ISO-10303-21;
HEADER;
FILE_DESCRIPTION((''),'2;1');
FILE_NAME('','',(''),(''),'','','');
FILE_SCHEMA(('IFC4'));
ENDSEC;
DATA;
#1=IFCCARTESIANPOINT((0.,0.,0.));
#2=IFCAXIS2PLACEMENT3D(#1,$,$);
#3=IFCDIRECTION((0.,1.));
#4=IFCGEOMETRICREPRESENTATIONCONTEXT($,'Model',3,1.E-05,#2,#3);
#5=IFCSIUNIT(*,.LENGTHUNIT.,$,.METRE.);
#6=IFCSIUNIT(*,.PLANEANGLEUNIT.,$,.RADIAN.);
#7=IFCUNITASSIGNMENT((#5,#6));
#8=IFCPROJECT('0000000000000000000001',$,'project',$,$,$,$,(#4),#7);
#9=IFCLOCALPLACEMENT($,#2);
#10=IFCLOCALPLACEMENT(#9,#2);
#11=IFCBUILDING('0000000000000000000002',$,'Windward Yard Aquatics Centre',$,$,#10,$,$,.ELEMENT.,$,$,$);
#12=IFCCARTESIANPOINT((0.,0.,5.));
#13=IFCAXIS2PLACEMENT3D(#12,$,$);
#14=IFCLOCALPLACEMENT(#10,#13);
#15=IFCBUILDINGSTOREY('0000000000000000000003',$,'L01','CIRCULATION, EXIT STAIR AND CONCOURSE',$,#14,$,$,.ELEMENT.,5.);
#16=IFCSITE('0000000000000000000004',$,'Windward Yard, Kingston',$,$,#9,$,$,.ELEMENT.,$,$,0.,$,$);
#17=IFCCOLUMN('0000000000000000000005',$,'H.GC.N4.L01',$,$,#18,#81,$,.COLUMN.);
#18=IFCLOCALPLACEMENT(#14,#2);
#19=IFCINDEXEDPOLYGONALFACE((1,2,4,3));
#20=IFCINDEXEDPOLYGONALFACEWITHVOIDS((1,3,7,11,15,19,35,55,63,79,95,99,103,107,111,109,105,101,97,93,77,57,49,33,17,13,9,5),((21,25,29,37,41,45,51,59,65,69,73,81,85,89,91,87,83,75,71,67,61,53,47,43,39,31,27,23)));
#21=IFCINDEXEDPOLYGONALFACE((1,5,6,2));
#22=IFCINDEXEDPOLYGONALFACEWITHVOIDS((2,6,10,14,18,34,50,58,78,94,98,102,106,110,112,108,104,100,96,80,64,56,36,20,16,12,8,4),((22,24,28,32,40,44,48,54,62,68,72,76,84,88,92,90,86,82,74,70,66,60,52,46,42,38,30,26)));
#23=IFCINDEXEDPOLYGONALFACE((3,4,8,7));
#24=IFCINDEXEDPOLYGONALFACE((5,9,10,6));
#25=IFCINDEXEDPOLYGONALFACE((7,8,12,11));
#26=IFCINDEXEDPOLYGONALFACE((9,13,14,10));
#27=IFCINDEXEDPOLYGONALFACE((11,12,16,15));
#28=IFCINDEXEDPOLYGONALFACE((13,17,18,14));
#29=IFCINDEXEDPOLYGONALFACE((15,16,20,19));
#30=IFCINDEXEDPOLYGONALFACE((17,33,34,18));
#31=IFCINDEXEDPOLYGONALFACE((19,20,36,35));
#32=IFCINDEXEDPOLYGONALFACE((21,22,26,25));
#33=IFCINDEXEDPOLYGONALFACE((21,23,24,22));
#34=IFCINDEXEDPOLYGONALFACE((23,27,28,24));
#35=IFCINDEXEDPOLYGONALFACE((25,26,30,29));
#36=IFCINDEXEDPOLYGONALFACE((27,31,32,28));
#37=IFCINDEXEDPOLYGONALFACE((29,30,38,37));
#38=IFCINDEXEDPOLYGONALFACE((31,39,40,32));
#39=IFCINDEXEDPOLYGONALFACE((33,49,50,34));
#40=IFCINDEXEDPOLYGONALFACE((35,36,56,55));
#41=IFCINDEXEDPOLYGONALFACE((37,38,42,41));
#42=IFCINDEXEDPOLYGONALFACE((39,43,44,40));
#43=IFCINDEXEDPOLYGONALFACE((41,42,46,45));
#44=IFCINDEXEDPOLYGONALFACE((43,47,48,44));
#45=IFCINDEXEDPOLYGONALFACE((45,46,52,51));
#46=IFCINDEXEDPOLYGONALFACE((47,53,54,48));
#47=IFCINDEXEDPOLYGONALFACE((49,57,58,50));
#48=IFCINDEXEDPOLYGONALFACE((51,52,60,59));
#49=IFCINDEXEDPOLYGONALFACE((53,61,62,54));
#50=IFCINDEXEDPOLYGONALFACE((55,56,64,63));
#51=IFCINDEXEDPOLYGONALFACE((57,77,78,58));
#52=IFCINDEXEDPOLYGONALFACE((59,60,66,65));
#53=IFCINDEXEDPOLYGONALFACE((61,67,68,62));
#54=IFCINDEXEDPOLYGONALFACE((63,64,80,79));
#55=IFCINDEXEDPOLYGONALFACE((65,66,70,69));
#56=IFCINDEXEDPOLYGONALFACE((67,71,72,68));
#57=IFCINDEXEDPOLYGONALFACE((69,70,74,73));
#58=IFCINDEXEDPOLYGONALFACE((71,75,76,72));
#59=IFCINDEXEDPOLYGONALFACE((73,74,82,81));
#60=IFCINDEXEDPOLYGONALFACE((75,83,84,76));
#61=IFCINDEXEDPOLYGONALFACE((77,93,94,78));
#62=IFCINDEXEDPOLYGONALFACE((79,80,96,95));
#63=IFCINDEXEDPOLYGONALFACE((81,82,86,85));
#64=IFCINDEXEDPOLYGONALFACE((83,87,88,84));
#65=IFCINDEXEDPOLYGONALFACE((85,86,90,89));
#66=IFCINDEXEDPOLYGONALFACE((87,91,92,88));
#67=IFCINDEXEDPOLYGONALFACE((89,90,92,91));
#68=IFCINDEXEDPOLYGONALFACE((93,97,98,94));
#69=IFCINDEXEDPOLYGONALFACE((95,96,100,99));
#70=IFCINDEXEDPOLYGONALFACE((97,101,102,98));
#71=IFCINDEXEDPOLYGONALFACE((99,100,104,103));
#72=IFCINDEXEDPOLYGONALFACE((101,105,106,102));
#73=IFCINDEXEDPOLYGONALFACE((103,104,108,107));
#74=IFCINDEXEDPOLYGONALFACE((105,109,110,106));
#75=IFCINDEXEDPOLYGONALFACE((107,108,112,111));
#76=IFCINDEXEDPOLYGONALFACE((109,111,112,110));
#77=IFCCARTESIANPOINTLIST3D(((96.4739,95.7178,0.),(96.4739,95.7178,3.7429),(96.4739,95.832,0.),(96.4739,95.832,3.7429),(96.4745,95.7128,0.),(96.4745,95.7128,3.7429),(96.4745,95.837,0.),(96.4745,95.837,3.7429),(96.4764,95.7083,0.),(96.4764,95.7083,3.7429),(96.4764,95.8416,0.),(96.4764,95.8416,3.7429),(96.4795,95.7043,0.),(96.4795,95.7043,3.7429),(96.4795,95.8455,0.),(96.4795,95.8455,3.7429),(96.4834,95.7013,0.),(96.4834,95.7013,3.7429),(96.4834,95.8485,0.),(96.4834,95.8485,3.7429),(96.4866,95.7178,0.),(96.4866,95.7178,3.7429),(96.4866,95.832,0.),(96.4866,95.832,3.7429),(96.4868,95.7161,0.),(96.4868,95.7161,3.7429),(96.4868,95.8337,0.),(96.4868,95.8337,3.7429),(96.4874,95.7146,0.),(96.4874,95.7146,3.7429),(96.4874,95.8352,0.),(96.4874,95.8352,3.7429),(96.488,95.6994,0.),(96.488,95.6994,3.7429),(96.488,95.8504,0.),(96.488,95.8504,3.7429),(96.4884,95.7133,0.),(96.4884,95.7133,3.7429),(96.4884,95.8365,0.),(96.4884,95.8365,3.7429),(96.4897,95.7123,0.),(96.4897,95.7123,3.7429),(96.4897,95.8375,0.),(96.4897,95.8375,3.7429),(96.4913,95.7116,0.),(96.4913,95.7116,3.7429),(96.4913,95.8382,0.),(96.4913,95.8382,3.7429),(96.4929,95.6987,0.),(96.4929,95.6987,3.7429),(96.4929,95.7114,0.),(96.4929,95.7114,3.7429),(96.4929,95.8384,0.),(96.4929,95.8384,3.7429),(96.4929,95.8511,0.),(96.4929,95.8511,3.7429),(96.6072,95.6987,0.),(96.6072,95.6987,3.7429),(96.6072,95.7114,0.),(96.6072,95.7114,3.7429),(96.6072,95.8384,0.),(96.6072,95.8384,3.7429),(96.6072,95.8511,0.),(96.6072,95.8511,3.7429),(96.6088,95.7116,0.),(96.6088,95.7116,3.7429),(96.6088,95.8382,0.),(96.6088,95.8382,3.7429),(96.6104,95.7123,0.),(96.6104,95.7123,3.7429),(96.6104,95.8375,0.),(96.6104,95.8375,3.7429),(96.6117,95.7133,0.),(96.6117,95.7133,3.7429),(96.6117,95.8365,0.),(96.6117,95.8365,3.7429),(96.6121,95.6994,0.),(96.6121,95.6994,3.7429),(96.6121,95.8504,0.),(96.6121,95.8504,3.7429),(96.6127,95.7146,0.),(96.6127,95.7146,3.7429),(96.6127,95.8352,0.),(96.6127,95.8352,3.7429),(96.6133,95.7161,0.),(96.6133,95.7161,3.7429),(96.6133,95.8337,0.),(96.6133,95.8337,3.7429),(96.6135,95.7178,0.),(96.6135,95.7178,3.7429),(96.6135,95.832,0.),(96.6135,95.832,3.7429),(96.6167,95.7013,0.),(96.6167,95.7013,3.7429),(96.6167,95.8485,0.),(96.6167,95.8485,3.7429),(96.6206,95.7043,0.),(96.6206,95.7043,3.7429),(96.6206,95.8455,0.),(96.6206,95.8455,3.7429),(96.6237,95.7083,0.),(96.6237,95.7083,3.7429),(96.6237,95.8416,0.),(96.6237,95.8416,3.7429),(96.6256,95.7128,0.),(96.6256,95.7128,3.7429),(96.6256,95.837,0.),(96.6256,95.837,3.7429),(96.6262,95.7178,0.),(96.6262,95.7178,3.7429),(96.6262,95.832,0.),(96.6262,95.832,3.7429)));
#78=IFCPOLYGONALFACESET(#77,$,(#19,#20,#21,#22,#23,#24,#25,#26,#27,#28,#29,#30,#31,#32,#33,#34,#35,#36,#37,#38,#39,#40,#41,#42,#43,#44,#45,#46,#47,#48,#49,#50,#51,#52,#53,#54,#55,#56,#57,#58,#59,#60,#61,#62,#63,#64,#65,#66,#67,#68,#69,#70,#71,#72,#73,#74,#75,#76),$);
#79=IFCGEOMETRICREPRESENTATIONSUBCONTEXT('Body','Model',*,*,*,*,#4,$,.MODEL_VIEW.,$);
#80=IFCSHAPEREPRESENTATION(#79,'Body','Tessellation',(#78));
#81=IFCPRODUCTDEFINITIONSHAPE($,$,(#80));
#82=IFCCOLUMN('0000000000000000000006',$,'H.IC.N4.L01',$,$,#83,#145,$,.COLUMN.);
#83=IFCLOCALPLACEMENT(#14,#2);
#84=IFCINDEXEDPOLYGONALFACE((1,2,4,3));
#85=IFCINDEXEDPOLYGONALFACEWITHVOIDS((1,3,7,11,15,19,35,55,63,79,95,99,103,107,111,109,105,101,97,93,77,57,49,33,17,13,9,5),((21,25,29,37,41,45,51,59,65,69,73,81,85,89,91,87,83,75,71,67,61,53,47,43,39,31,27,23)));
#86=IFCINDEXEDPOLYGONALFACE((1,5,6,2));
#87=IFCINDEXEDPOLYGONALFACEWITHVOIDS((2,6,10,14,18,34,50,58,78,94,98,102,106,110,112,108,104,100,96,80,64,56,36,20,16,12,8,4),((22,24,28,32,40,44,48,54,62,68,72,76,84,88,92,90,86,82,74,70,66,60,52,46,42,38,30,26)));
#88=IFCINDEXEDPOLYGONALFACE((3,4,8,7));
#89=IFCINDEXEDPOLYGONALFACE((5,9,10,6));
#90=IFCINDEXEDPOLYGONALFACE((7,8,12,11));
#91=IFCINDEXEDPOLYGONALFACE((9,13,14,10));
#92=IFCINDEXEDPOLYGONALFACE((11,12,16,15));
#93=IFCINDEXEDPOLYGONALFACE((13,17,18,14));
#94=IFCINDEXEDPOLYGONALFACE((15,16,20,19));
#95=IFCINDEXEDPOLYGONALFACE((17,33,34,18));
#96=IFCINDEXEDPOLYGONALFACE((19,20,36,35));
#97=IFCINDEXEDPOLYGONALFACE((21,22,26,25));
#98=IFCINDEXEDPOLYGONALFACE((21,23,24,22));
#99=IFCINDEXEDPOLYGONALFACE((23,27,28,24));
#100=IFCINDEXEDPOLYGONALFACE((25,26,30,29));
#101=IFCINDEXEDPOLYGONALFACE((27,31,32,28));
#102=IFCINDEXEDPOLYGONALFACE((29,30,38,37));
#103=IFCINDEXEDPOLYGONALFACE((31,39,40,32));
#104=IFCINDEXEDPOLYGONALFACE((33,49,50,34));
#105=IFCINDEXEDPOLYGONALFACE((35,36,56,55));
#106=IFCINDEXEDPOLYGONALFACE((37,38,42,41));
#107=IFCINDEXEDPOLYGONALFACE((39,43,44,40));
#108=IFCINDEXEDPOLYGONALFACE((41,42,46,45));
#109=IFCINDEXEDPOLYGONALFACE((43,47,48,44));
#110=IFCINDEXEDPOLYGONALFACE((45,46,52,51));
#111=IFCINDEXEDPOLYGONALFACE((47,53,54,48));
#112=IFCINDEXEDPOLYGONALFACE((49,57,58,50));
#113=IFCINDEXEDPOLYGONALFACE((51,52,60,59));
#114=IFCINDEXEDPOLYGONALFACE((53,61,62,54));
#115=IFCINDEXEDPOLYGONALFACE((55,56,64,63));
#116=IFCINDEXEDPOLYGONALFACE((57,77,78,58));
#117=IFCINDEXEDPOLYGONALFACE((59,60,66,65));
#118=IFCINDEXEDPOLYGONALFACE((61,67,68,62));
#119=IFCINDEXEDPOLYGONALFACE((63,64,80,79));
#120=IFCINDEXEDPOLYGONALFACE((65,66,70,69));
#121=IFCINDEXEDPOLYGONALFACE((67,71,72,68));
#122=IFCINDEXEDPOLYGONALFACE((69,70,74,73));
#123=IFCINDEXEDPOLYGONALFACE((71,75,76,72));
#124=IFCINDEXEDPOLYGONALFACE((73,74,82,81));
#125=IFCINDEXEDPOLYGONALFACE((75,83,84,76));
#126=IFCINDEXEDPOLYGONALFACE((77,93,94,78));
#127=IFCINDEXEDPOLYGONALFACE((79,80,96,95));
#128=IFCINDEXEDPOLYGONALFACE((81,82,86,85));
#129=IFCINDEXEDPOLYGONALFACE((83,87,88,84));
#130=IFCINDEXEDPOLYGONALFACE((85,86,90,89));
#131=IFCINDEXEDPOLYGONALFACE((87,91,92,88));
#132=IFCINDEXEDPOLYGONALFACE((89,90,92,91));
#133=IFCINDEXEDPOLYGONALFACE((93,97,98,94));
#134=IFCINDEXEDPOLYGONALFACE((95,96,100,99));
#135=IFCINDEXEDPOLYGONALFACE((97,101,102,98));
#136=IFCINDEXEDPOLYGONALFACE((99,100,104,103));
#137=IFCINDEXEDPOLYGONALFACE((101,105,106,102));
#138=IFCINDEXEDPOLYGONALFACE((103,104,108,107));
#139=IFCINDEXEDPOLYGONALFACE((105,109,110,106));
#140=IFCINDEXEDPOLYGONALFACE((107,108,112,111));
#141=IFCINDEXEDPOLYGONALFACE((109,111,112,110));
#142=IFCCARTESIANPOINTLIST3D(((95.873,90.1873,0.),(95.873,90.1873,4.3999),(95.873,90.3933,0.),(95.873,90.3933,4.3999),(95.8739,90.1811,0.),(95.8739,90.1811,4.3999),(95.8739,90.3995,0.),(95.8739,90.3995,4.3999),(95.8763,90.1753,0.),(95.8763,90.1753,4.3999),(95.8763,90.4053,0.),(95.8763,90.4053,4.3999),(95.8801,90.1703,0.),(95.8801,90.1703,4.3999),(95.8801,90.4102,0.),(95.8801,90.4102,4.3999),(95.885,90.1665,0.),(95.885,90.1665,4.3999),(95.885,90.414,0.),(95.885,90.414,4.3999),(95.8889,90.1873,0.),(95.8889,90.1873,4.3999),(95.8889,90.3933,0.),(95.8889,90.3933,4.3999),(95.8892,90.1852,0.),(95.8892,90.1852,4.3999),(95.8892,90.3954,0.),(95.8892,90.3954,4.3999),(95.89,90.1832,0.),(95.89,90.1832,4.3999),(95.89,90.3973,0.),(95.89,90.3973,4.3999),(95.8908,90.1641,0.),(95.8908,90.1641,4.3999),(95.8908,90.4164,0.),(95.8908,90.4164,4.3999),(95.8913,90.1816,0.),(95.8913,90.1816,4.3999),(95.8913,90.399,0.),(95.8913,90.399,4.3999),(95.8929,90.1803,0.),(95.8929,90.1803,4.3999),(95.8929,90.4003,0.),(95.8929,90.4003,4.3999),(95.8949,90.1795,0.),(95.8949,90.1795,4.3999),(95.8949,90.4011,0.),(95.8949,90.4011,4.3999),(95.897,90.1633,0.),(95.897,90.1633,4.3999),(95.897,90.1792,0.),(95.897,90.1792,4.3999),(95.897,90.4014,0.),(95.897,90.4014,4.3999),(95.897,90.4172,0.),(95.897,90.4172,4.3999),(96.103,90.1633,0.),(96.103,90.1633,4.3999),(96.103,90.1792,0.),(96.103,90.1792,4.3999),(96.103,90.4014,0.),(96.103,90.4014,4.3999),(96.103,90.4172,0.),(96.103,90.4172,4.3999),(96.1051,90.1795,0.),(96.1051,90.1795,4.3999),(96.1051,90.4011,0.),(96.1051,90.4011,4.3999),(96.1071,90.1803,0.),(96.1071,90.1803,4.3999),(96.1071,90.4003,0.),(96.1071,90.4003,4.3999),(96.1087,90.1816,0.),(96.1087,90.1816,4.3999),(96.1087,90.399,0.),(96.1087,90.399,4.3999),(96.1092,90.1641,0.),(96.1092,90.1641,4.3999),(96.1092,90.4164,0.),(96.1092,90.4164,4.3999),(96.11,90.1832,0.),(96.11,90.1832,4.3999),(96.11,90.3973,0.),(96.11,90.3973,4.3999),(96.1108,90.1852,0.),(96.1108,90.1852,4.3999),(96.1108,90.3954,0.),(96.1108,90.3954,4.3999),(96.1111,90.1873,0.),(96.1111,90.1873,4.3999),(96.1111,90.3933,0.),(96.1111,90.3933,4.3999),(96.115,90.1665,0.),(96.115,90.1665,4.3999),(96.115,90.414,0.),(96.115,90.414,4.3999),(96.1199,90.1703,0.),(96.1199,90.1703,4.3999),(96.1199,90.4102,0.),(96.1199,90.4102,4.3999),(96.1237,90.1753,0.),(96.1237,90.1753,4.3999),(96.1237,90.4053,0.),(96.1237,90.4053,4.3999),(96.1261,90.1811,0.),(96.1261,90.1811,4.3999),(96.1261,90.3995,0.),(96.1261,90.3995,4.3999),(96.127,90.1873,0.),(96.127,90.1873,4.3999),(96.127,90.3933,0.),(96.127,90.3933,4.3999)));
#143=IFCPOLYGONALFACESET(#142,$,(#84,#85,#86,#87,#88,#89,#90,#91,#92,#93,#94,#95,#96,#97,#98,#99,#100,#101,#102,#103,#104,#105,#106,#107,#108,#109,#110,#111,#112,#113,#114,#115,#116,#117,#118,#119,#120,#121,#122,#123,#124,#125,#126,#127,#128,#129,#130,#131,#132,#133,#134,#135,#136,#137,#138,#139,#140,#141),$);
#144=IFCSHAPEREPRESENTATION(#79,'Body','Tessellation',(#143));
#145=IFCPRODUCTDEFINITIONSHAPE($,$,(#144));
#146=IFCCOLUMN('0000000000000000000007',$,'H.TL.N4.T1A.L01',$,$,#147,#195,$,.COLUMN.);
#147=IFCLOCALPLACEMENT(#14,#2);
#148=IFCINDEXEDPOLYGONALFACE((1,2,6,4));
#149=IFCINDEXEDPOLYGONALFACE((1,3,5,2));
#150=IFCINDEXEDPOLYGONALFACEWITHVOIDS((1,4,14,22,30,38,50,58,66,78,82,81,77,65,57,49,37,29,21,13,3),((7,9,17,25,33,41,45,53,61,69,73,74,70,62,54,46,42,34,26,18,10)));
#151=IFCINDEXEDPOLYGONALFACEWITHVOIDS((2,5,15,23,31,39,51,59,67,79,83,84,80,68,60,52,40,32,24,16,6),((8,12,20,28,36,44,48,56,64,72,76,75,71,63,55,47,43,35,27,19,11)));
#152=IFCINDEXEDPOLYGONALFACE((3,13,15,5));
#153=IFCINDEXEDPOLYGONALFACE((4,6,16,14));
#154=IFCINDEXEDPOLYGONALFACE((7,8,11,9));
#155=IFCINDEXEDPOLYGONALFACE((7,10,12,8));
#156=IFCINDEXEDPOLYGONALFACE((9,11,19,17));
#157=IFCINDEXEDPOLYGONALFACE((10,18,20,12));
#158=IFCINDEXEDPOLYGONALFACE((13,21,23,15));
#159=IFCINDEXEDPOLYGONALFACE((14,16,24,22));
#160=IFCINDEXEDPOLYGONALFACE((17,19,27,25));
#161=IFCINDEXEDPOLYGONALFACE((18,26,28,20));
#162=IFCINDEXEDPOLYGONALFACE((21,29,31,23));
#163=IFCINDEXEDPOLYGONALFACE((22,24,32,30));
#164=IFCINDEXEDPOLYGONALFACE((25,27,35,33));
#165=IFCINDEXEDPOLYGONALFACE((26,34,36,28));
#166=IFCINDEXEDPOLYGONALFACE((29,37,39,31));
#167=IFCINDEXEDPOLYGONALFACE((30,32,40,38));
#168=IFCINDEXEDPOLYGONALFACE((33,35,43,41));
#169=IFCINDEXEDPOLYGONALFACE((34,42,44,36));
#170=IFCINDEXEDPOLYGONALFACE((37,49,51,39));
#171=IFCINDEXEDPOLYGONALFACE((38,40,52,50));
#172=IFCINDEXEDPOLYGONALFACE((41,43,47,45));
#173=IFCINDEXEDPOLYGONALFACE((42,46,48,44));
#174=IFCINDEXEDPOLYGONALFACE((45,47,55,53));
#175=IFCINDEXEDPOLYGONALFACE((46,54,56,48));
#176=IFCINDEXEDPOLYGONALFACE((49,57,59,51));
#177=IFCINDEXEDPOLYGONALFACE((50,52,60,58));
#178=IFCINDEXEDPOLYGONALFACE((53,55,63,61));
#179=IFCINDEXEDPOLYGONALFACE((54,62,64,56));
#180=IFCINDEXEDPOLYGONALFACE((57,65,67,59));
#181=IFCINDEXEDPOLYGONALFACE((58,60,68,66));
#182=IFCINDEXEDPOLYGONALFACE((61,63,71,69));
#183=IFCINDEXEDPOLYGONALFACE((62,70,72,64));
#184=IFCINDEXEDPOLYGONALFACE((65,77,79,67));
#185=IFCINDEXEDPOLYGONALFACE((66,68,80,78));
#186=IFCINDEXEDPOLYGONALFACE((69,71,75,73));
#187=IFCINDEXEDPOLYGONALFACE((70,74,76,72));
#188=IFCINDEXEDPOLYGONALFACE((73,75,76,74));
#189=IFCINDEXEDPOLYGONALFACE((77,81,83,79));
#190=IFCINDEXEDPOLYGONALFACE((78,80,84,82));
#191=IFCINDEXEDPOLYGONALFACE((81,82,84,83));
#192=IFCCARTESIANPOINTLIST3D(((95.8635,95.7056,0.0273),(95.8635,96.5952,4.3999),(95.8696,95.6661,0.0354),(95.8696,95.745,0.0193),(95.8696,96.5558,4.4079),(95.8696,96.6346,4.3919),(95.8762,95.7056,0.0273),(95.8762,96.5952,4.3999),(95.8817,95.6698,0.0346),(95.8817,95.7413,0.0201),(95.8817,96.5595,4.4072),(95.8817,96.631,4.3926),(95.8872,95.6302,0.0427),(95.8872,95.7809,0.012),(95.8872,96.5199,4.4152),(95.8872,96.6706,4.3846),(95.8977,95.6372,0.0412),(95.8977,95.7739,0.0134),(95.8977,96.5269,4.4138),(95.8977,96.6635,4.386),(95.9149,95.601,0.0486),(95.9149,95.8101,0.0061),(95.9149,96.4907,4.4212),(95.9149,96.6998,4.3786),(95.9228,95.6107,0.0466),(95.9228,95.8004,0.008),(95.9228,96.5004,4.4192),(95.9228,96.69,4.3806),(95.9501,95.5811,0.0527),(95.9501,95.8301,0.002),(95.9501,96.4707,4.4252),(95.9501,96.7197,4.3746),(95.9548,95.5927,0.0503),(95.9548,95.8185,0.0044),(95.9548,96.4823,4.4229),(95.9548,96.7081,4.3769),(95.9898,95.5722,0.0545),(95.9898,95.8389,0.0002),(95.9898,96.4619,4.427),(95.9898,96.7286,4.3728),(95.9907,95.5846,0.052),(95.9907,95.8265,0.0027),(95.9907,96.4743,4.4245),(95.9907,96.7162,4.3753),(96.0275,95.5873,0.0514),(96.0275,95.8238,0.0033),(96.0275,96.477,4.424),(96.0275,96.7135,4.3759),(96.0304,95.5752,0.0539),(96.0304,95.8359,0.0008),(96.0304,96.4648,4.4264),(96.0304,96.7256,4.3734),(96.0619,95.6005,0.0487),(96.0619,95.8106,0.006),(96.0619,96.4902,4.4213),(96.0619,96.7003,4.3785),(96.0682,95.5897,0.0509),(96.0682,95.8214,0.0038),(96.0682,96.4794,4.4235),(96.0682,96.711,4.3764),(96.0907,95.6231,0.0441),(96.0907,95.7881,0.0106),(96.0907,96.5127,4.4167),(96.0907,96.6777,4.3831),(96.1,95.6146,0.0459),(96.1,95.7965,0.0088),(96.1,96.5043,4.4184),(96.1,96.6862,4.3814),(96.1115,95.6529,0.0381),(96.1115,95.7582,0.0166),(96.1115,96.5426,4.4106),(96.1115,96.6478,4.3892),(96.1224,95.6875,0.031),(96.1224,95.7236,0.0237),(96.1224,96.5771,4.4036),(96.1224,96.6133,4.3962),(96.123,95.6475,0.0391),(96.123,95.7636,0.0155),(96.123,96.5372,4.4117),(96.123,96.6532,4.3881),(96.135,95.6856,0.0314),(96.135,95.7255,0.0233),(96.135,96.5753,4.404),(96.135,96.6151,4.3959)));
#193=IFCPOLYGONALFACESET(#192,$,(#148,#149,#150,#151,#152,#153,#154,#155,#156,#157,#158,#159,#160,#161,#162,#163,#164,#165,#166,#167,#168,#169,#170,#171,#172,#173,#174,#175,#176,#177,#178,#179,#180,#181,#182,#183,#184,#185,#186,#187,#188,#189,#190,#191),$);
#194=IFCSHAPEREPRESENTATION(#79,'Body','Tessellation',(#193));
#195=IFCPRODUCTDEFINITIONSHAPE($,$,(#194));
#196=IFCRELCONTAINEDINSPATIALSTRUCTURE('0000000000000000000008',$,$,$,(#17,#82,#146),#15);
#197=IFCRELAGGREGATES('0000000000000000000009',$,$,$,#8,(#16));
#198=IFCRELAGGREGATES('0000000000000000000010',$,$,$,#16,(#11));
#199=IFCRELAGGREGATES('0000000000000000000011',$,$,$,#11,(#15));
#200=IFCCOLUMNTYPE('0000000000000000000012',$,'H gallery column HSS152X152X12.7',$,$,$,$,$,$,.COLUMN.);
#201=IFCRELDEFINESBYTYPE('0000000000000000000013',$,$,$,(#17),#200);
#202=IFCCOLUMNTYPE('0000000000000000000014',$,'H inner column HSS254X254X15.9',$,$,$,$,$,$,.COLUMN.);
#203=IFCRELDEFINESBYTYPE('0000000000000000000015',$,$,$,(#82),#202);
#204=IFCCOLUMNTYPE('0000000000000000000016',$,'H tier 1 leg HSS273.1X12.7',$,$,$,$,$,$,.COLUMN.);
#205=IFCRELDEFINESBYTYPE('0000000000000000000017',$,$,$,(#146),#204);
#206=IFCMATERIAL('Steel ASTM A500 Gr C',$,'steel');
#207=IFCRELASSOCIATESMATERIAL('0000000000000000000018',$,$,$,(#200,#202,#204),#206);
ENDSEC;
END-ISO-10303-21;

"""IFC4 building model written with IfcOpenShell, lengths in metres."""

from ifc_helpers import new_model, si_unit, direction, frame, origin, origin_2d, place, context, subcontext, project, spatial, hollow_rectangle, hollow_circle, extrude, material, material_profile, profile_set, type_object, element, save


model = new_model("IFC4")

# Units and contexts
model_context = context("Model", 3, precision=1e-05, world=origin(), true_north=direction((0.0, 1.0)))
body_context = subcontext(model_context, "Body", "Model", "MODEL_VIEW")
ifc_project = project(units=[si_unit("LENGTHUNIT", "METRE"), si_unit("PLANEANGLEUNIT", "RADIAN")], contexts=[model_context])

# Site, building, storey
site_placement = place(None, origin())
site = spatial("IfcSite", under=ifc_project, at=site_placement, Name="Windward Yard, Kingston", CompositionType="ELEMENT", RefElevation=0.0)
building_placement = place(site_placement, origin())
building = spatial("IfcBuilding", under=site, at=building_placement, Name="Windward Yard Aquatics Centre", CompositionType="ELEMENT")
storey_placement = place(building_placement, frame((0.0, 0.0, 5.0)))
storey = spatial("IfcBuildingStorey", under=building, at=storey_placement, Name="L01", Description="CIRCULATION, EXIT STAIR AND CONCOURSE", CompositionType="ELEMENT", Elevation=5.0)

# Columns
ifc_material_1 = material(Name="Steel ASTM A500 Gr C", Category="steel")
ifc_material_profile_1 = material_profile(ifc_material_1, hollow_rectangle(XDim=0.1523, YDim=0.1523, WallThickness=0.0127, InnerFilletRadius=0.0063, OuterFilletRadius=0.019, at=origin_2d()), Name="HSS152X152X12.7")
ifc_profile_set_1 = profile_set([ifc_material_profile_1], Name="Steel ASTM A500 Gr C")
column_type_1 = type_object("IfcColumnType", Name="H gallery column HSS152X152X12.7", PredefinedType="COLUMN", material=ifc_profile_set_1)
column_1_placement = place(storey_placement, frame((96.55, 95.7749, 0.0), z_axis=(0.0, 0.0, 1.0), x_axis=(1.0, 0.0, 0.0)))
element("IfcColumn", 1, at=column_1_placement, inside=storey, type_object=column_type_1, Name="H.GC.N4.L01", PredefinedType="COLUMN", context=body_context, shape_type="SweptSolid", body=[
    extrude(hollow_rectangle(XDim=0.1523, YDim=0.1523, WallThickness=0.0127, InnerFilletRadius=0.0063, OuterFilletRadius=0.019, at=origin_2d()), origin(), (0.0, 0.0, 1.0), 3.7429),
])
ifc_material_profile_2 = material_profile(ifc_material_1, hollow_rectangle(XDim=0.2539, YDim=0.2539, WallThickness=0.0159, InnerFilletRadius=0.0081, OuterFilletRadius=0.0239, at=origin_2d()), Name="HSS254X254X15.9")
ifc_profile_set_2 = profile_set([ifc_material_profile_2], Name="Steel ASTM A500 Gr C")
column_type_2 = type_object("IfcColumnType", Name="H inner column HSS254X254X15.9", PredefinedType="COLUMN", material=ifc_profile_set_2)
column_2_placement = place(storey_placement, frame((96.0, 90.2903, 0.0), z_axis=(0.0, 0.0, 1.0), x_axis=(1.0, 0.0, 0.0)))
element("IfcColumn", 2, at=column_2_placement, inside=storey, type_object=column_type_2, Name="H.IC.N4.L01", PredefinedType="COLUMN", context=body_context, shape_type="SweptSolid", body=[
    extrude(hollow_rectangle(XDim=0.2539, YDim=0.2539, WallThickness=0.0159, InnerFilletRadius=0.0081, OuterFilletRadius=0.0239, at=origin_2d()), origin(), (0.0, 0.0, 1.0), 4.3999),
])
ifc_material_profile_3 = material_profile(ifc_material_1, hollow_circle(Radius=0.1365, WallThickness=0.0127, at=origin_2d()), Name="HSS273.1X12.7")
ifc_profile_set_3 = profile_set([ifc_material_profile_3], Name="Steel ASTM A500 Gr C")
column_type_3 = type_object("IfcColumnType", Name="H tier 1 leg HSS273.1X12.7", PredefinedType="COLUMN", material=ifc_profile_set_3)
column_3_placement = place(storey_placement, frame((96.0, 95.7056, 0.0273), z_axis=(0.0, 0.199377, 0.979923), x_axis=(-1.0, 0.0, 0.0)))
element("IfcColumn", 3, at=column_3_placement, inside=storey, type_object=column_type_3, Name="H.TL.N4.T1A.L01", PredefinedType="COLUMN", context=body_context, shape_type="SweptSolid", body=[
    extrude(hollow_circle(Radius=0.1365, WallThickness=0.0127, at=origin_2d()), origin(), (0.0, 0.0, 1.0), 4.4622),
])

save(model, "model.ifc")
